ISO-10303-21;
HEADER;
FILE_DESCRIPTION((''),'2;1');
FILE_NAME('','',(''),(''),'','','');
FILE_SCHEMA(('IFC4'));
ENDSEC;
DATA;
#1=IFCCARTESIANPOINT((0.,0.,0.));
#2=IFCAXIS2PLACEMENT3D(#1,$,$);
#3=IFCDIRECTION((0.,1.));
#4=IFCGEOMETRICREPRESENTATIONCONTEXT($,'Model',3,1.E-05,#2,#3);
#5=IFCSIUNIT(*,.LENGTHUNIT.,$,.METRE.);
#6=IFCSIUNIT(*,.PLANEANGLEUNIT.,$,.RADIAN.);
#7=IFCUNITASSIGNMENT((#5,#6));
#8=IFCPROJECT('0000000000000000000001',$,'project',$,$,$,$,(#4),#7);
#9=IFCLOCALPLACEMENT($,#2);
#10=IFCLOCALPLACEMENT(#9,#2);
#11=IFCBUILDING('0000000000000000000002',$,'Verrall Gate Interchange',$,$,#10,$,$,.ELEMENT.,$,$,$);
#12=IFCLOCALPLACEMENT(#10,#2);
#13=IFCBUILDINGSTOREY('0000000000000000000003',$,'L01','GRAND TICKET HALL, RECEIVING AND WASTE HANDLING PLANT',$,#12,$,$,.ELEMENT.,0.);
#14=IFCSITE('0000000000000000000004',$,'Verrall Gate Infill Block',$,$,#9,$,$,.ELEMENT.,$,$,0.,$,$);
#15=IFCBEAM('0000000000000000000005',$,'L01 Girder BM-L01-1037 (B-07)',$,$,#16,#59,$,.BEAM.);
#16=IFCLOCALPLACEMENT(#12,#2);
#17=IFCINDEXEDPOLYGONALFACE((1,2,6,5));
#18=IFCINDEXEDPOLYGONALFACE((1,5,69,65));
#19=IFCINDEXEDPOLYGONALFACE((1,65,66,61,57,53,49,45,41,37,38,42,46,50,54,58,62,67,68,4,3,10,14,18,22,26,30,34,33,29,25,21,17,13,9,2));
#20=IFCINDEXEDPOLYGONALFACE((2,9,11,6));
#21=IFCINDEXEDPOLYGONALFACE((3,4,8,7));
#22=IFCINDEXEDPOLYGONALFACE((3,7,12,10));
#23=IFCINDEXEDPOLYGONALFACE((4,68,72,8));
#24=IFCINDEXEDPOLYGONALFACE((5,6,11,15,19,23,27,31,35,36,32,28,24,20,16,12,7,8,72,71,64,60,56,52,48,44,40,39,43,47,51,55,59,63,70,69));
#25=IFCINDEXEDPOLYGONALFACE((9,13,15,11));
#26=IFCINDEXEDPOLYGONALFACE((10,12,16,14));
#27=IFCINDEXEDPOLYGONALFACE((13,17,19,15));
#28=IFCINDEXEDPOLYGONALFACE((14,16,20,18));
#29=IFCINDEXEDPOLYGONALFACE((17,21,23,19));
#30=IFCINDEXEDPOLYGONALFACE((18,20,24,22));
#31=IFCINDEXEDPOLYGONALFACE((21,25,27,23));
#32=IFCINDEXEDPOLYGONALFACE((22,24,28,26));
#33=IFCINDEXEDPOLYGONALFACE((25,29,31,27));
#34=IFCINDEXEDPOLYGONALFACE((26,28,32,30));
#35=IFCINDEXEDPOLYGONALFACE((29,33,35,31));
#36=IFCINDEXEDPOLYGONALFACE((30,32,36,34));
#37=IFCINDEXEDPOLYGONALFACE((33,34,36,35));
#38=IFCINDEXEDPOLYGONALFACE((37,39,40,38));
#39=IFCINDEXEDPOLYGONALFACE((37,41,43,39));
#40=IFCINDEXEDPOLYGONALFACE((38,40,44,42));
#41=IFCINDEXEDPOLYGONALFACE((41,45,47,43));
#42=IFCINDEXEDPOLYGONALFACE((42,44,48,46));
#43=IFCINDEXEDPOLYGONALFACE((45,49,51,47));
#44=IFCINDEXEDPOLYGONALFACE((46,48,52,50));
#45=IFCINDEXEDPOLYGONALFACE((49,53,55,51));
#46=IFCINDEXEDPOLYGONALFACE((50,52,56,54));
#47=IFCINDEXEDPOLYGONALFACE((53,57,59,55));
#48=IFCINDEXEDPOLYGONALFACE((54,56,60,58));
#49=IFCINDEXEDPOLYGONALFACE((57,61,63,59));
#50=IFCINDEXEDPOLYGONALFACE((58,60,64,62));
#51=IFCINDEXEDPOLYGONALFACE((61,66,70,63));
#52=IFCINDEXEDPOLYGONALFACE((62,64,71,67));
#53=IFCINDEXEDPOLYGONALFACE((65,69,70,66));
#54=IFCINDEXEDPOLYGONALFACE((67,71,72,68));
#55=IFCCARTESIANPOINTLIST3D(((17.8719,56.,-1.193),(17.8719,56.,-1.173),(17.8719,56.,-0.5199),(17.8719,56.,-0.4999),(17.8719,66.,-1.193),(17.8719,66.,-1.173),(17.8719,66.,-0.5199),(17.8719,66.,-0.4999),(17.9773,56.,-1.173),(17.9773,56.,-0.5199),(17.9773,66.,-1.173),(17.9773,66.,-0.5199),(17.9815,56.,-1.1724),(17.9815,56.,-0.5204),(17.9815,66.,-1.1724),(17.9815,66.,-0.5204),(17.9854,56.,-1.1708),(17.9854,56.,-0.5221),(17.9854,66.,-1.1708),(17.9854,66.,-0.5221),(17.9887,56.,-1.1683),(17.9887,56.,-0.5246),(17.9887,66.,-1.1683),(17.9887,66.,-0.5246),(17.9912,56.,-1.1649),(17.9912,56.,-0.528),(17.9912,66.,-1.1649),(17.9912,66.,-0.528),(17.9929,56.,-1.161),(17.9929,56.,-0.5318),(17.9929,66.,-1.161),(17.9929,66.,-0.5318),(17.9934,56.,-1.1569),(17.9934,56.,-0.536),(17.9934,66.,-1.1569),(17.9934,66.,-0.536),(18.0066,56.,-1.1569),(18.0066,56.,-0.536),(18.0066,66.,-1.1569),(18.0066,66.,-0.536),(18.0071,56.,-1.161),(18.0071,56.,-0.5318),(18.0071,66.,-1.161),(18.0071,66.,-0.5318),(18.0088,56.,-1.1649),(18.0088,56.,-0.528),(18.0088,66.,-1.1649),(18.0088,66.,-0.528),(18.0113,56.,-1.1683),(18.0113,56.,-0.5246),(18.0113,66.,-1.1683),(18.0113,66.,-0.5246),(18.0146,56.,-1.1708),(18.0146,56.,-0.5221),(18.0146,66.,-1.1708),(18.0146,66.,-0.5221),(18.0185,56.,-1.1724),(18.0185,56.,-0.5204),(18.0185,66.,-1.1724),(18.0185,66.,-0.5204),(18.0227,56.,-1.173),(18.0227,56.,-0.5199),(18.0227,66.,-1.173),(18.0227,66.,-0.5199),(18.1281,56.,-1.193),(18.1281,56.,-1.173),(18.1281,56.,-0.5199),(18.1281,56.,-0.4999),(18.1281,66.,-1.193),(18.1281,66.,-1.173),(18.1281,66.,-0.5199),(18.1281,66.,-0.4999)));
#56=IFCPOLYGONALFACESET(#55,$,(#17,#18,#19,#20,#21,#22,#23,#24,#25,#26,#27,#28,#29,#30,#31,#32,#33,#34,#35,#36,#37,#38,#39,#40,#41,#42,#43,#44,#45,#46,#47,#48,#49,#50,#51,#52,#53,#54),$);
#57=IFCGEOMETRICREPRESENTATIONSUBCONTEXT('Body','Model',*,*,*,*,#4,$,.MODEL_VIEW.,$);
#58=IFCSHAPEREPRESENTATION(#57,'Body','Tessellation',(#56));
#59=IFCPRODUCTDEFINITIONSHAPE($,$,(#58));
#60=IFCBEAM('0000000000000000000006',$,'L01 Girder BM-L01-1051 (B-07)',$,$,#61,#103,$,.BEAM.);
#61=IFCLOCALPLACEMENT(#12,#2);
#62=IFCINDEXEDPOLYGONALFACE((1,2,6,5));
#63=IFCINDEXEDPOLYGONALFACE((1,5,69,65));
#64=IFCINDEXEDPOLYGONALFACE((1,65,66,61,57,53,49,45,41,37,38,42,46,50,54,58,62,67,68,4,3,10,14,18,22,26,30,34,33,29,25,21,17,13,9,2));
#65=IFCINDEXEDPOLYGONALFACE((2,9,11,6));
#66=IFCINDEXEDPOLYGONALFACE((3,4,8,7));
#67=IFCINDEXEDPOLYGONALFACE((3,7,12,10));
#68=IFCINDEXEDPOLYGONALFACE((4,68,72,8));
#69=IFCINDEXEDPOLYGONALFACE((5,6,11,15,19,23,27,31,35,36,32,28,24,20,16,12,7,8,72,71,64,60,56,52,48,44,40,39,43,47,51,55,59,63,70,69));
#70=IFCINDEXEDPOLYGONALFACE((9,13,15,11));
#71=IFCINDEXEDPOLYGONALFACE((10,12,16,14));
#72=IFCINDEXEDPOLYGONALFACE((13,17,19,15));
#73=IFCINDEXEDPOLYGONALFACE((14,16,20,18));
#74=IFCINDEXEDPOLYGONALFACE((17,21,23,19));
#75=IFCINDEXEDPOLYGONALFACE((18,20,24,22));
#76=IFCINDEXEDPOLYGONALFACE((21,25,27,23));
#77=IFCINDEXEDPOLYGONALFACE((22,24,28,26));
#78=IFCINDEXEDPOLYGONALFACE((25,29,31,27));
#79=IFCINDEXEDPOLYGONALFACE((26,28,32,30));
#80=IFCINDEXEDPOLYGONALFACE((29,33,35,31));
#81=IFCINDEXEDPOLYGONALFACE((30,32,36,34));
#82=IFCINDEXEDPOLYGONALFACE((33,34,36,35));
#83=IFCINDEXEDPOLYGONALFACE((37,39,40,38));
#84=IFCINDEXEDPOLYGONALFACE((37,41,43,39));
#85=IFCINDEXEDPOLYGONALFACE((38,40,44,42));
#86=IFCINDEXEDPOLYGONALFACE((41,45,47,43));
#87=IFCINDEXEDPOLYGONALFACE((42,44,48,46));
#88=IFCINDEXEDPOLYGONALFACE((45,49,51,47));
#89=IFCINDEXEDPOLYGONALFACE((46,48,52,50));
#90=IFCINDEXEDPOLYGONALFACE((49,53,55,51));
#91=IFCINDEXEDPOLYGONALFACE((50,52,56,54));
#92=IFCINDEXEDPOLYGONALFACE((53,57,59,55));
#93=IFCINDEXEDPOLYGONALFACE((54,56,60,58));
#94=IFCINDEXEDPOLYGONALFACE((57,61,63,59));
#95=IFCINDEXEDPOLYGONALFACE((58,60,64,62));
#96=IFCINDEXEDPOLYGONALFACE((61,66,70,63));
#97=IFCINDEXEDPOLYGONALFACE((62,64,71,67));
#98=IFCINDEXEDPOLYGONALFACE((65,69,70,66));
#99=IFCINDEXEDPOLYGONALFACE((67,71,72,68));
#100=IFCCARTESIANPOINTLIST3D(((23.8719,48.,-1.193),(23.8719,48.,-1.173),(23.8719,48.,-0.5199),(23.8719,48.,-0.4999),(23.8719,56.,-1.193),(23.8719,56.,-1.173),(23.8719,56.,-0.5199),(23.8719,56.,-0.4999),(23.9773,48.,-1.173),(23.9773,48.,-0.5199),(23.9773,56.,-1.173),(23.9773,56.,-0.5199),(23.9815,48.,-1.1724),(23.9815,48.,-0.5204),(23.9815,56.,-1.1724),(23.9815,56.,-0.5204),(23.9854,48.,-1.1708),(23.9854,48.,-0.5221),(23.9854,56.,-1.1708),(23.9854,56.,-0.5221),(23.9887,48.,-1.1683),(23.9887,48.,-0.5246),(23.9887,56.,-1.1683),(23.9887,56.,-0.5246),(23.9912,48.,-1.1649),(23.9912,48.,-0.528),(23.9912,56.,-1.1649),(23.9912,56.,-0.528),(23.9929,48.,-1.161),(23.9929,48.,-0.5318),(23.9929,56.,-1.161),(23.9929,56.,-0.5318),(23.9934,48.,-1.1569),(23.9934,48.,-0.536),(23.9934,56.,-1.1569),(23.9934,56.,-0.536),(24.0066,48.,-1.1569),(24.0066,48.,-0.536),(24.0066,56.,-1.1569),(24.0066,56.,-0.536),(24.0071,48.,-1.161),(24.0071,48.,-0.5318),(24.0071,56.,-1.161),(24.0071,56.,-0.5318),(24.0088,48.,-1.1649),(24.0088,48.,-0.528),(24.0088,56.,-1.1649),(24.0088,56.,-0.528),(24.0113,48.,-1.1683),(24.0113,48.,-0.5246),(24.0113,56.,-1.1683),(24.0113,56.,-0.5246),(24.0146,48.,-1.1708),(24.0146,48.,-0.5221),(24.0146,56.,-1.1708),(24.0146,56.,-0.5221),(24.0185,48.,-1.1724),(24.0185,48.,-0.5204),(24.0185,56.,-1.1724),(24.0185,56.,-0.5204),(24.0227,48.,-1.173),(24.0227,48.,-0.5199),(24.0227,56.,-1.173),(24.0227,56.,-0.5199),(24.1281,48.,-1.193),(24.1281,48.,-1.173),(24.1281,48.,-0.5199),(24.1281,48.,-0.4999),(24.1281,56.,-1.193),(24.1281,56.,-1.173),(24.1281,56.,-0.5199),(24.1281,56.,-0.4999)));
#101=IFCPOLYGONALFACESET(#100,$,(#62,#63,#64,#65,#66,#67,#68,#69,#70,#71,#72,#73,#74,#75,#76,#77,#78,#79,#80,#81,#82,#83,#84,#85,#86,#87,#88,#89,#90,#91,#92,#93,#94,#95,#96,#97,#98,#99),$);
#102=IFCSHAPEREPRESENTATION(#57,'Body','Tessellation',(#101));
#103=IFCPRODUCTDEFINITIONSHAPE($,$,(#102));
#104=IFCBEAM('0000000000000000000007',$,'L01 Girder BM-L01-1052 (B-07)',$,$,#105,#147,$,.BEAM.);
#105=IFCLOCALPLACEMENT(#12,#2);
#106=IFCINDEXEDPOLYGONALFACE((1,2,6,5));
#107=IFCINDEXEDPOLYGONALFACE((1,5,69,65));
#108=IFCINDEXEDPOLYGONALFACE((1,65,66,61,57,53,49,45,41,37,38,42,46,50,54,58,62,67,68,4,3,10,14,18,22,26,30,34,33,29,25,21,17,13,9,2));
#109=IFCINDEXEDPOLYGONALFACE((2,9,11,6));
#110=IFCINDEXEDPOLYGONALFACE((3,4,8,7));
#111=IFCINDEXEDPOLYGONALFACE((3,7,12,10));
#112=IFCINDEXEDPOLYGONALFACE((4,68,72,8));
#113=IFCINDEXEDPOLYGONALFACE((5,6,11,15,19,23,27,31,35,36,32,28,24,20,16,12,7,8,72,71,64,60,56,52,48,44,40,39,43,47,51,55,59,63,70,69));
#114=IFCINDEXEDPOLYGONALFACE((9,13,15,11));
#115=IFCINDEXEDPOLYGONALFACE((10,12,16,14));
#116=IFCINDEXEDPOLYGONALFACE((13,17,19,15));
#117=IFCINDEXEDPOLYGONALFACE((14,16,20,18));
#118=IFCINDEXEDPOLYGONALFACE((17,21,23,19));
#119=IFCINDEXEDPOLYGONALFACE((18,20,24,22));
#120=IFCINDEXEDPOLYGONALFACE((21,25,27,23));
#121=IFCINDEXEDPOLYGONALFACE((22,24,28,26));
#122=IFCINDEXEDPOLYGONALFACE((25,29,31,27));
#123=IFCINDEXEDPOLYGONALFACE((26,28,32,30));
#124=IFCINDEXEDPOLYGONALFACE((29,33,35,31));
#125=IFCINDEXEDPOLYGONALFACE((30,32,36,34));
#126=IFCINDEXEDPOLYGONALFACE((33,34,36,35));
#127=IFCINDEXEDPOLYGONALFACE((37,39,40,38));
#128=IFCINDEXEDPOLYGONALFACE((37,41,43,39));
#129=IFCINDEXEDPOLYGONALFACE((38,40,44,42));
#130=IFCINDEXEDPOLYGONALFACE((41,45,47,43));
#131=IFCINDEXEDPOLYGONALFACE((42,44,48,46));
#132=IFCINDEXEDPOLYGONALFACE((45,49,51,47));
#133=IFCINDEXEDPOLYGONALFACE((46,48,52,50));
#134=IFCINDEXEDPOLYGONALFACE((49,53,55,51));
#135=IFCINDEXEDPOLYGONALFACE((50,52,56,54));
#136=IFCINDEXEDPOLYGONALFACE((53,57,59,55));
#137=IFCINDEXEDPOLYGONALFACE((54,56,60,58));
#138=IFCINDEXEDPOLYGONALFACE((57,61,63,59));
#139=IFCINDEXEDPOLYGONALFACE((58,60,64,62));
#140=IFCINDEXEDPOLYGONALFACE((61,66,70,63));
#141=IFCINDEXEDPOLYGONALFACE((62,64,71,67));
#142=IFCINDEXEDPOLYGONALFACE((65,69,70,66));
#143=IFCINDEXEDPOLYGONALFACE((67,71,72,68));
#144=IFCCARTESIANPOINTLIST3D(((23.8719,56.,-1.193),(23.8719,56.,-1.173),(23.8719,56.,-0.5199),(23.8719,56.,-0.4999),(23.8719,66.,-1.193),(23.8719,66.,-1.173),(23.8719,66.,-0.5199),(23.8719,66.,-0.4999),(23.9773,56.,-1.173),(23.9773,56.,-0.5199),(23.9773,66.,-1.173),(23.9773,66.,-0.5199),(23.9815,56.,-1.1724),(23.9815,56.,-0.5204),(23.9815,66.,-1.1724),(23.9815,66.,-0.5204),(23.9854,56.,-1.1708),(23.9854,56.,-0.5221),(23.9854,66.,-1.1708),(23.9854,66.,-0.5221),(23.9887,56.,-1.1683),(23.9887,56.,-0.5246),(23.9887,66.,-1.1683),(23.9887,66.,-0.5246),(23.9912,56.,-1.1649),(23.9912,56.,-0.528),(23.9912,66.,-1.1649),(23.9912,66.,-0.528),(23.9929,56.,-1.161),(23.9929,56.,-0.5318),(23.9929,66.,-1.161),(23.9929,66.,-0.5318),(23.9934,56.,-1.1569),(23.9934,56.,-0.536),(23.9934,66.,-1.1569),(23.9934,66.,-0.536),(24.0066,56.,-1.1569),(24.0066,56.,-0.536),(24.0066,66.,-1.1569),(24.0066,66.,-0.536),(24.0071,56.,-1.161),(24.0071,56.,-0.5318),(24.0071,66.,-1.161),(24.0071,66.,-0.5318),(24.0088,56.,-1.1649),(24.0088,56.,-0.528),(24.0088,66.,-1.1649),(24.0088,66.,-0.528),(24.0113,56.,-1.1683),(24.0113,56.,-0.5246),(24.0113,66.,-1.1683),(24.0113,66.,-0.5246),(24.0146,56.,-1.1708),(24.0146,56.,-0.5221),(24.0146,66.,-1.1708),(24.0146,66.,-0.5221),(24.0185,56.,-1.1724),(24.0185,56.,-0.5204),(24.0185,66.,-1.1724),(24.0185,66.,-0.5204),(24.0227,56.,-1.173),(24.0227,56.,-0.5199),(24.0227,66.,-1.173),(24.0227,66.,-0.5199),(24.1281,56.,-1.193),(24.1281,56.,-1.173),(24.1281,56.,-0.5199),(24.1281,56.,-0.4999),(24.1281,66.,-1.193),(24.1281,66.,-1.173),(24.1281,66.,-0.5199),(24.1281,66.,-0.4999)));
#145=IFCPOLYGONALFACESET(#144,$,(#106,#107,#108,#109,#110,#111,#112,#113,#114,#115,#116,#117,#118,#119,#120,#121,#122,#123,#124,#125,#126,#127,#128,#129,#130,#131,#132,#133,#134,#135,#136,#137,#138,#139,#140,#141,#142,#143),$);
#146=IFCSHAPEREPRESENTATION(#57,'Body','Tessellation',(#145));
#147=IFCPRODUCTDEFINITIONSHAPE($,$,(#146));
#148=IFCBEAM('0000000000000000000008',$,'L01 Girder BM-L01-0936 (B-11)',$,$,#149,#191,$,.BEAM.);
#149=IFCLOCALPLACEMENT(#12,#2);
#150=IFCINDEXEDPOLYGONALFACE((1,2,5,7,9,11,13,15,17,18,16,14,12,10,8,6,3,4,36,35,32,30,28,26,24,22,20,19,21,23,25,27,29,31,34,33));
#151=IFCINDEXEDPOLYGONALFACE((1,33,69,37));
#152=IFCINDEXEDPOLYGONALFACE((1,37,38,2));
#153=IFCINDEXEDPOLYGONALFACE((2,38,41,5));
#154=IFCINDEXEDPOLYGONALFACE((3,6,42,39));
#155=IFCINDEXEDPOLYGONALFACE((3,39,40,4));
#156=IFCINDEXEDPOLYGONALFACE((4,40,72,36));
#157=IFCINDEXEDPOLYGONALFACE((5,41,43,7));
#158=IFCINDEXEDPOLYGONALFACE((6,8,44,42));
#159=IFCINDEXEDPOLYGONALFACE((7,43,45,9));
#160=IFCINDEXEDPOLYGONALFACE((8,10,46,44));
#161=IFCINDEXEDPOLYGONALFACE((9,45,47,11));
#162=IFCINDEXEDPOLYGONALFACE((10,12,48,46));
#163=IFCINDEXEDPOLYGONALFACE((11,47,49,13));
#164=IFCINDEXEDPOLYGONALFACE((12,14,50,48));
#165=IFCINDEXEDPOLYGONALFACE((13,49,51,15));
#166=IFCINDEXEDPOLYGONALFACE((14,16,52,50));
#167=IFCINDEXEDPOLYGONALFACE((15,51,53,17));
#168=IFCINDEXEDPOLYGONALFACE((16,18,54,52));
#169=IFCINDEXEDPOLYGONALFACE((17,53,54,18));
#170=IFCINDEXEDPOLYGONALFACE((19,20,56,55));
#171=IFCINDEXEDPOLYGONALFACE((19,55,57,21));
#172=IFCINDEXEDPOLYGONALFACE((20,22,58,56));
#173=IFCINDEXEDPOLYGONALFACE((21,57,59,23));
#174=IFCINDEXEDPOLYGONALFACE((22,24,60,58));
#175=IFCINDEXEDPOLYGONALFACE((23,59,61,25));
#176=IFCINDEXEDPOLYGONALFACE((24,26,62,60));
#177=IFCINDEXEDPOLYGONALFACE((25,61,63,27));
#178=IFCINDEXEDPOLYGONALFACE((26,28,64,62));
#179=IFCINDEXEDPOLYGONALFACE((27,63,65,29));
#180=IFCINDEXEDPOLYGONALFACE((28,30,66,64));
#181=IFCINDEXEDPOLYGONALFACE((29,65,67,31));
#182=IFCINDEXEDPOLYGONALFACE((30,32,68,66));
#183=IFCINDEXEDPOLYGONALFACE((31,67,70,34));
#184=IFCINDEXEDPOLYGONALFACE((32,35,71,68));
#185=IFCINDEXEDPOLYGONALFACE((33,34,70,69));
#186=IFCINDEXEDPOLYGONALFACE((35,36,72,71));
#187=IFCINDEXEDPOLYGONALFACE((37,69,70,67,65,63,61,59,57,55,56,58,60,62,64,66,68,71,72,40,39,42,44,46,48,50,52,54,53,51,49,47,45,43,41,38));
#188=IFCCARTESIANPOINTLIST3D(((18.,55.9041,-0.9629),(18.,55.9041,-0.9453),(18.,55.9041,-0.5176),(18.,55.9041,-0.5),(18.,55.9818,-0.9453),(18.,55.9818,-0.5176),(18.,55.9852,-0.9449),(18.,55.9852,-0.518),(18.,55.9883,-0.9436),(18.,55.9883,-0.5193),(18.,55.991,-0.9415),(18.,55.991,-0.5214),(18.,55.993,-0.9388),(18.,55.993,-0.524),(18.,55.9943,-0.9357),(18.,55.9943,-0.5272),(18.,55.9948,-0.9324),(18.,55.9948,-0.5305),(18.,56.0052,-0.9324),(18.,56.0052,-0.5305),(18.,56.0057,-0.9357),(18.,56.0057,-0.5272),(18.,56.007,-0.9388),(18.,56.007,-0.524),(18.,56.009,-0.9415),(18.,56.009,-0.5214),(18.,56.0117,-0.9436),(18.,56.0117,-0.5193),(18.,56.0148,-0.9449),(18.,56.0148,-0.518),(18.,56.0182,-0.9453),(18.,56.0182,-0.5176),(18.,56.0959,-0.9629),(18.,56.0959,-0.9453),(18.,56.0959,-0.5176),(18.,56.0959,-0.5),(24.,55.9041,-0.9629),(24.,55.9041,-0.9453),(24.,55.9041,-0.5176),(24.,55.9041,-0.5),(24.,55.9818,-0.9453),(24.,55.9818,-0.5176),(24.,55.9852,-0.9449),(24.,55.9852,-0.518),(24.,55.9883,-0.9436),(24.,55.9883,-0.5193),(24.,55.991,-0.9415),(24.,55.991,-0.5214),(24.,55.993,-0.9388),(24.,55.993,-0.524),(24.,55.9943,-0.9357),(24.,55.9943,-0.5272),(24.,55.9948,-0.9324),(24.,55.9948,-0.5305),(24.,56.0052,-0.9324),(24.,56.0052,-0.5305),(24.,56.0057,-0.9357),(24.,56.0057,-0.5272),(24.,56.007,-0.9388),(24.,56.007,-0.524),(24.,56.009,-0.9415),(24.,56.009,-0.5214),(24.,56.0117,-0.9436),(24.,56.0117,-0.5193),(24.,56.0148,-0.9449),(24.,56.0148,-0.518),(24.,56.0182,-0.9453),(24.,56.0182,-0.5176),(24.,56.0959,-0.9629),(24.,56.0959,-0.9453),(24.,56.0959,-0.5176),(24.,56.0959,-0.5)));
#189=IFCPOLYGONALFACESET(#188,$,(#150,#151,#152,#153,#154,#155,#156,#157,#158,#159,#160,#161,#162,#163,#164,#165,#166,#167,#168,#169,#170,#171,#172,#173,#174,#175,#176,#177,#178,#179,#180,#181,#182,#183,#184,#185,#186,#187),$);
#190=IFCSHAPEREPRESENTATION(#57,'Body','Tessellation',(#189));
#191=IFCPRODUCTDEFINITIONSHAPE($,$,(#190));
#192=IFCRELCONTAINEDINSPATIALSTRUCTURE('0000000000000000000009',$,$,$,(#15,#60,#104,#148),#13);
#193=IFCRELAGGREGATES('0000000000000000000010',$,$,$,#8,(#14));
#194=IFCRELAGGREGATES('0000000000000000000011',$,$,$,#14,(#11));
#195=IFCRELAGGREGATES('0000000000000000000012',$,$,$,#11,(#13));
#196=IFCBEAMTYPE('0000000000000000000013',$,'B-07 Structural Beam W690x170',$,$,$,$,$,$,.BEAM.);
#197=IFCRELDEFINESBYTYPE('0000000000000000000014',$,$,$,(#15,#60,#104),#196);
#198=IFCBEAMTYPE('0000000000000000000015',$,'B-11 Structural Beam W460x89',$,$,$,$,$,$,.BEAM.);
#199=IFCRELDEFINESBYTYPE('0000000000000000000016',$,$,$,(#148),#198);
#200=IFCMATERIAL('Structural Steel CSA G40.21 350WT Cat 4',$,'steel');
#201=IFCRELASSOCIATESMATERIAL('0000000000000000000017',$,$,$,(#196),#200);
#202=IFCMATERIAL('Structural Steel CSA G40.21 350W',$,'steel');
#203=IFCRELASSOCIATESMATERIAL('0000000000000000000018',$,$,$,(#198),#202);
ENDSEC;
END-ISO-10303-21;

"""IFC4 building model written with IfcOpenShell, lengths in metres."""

from ifc_helpers import new_model, si_unit, direction, frame, origin, origin_2d, place, context, subcontext, project, spatial, i_section, extrude, material, material_profile, profile_set, type_object, element, save


model = new_model("IFC4")

# Units and contexts
model_context = context("Model", 3, precision=1e-05, world=origin(), true_north=direction((0.0, 1.0)))
body_context = subcontext(model_context, "Body", "Model", "MODEL_VIEW")
ifc_project = project(units=[si_unit("LENGTHUNIT", "METRE"), si_unit("PLANEANGLEUNIT", "RADIAN")], contexts=[model_context])

# Site, building, storey
site_placement = place(None, origin())
site = spatial("IfcSite", under=ifc_project, at=site_placement, Name="Verrall Gate Infill Block", CompositionType="ELEMENT", RefElevation=0.0)
building_placement = place(site_placement, origin())
building = spatial("IfcBuilding", under=site, at=building_placement, Name="Verrall Gate Interchange", CompositionType="ELEMENT")
storey_placement = place(building_placement, origin())
storey = spatial("IfcBuildingStorey", under=building, at=storey_placement, Name="L01", Description="GRAND TICKET HALL, RECEIVING AND WASTE HANDLING PLANT", CompositionType="ELEMENT", Elevation=0.0)

# Beams
ifc_material_1 = material(Name="Structural Steel CSA G40.21 350WT Cat 4", Category="steel")
ifc_material_profile_1 = material_profile(ifc_material_1, i_section(OverallWidth=0.2561, OverallDepth=0.6931, WebThickness=0.0132, FlangeThickness=0.02, FilletRadius=0.0161, at=origin_2d()), Name="W690x170")
ifc_profile_set_1 = profile_set([ifc_material_profile_1], Name="Structural Steel CSA G40.21 350WT Cat 4")
beam_type_1 = type_object("IfcBeamType", Name="B-07 Structural Beam W690x170", PredefinedType="BEAM", material=ifc_profile_set_1)
beam_1_placement = place(storey_placement, frame((18.0, 56.0, -0.8464), z_axis=(0.0, 1.0, 0.0), x_axis=(-1.0, 0.0, 0.0)))
element("IfcBeam", 1, at=beam_1_placement, inside=storey, type_object=beam_type_1, Name="L01 Girder BM-L01-1037 (B-07)", PredefinedType="BEAM", context=body_context, shape_type="SweptSolid", body=[
    extrude(i_section(OverallWidth=0.2561, OverallDepth=0.6931, WebThickness=0.0132, FlangeThickness=0.02, FilletRadius=0.0161, at=origin_2d()), origin(), (0.0, 0.0, 1.0), 10.0),
])
beam_2_placement = place(storey_placement, frame((24.0, 48.0, -0.8464), z_axis=(0.0, 1.0, 0.0), x_axis=(-1.0, 0.0, 0.0)))
element("IfcBeam", 2, at=beam_2_placement, inside=storey, type_object=beam_type_1, Name="L01 Girder BM-L01-1051 (B-07)", PredefinedType="BEAM", context=body_context, shape_type="SweptSolid", body=[
    extrude(i_section(OverallWidth=0.2561, OverallDepth=0.6931, WebThickness=0.0132, FlangeThickness=0.02, FilletRadius=0.0161, at=origin_2d()), origin(), (0.0, 0.0, 1.0), 8.0),
])
beam_3_placement = place(storey_placement, frame((24.0, 56.0, -0.8464), z_axis=(0.0, 1.0, 0.0), x_axis=(-1.0, 0.0, 0.0)))
element("IfcBeam", 3, at=beam_3_placement, inside=storey, type_object=beam_type_1, Name="L01 Girder BM-L01-1052 (B-07)", PredefinedType="BEAM", context=body_context, shape_type="SweptSolid", body=[
    extrude(i_section(OverallWidth=0.2561, OverallDepth=0.6931, WebThickness=0.0132, FlangeThickness=0.02, FilletRadius=0.0161, at=origin_2d()), origin(), (0.0, 0.0, 1.0), 10.0),
])
ifc_material_2 = material(Name="Structural Steel CSA G40.21 350W", Category="steel")
ifc_material_profile_2 = material_profile(ifc_material_2, i_section(OverallWidth=0.1919, OverallDepth=0.4629, WebThickness=0.0105, FlangeThickness=0.0176, FilletRadius=0.0129, at=origin_2d()), Name="W460x89")
ifc_profile_set_2 = profile_set([ifc_material_profile_2], Name="Structural Steel CSA G40.21 350W")
beam_type_2 = type_object("IfcBeamType", Name="B-11 Structural Beam W460x89", PredefinedType="BEAM", material=ifc_profile_set_2)
beam_4_placement = place(storey_placement, frame((18.0, 56.0, -0.7314), z_axis=(1.0, 0.0, 0.0), x_axis=(0.0, 1.0, 0.0)))
element("IfcBeam", 4, at=beam_4_placement, inside=storey, type_object=beam_type_2, Name="L01 Girder BM-L01-0936 (B-11)", PredefinedType="BEAM", context=body_context, shape_type="SweptSolid", body=[
    extrude(i_section(OverallWidth=0.1919, OverallDepth=0.4629, WebThickness=0.0105, FlangeThickness=0.0176, FilletRadius=0.0129, at=origin_2d()), origin(), (0.0, 0.0, 1.0), 6.0),
])

save(model, "model.ifc")
